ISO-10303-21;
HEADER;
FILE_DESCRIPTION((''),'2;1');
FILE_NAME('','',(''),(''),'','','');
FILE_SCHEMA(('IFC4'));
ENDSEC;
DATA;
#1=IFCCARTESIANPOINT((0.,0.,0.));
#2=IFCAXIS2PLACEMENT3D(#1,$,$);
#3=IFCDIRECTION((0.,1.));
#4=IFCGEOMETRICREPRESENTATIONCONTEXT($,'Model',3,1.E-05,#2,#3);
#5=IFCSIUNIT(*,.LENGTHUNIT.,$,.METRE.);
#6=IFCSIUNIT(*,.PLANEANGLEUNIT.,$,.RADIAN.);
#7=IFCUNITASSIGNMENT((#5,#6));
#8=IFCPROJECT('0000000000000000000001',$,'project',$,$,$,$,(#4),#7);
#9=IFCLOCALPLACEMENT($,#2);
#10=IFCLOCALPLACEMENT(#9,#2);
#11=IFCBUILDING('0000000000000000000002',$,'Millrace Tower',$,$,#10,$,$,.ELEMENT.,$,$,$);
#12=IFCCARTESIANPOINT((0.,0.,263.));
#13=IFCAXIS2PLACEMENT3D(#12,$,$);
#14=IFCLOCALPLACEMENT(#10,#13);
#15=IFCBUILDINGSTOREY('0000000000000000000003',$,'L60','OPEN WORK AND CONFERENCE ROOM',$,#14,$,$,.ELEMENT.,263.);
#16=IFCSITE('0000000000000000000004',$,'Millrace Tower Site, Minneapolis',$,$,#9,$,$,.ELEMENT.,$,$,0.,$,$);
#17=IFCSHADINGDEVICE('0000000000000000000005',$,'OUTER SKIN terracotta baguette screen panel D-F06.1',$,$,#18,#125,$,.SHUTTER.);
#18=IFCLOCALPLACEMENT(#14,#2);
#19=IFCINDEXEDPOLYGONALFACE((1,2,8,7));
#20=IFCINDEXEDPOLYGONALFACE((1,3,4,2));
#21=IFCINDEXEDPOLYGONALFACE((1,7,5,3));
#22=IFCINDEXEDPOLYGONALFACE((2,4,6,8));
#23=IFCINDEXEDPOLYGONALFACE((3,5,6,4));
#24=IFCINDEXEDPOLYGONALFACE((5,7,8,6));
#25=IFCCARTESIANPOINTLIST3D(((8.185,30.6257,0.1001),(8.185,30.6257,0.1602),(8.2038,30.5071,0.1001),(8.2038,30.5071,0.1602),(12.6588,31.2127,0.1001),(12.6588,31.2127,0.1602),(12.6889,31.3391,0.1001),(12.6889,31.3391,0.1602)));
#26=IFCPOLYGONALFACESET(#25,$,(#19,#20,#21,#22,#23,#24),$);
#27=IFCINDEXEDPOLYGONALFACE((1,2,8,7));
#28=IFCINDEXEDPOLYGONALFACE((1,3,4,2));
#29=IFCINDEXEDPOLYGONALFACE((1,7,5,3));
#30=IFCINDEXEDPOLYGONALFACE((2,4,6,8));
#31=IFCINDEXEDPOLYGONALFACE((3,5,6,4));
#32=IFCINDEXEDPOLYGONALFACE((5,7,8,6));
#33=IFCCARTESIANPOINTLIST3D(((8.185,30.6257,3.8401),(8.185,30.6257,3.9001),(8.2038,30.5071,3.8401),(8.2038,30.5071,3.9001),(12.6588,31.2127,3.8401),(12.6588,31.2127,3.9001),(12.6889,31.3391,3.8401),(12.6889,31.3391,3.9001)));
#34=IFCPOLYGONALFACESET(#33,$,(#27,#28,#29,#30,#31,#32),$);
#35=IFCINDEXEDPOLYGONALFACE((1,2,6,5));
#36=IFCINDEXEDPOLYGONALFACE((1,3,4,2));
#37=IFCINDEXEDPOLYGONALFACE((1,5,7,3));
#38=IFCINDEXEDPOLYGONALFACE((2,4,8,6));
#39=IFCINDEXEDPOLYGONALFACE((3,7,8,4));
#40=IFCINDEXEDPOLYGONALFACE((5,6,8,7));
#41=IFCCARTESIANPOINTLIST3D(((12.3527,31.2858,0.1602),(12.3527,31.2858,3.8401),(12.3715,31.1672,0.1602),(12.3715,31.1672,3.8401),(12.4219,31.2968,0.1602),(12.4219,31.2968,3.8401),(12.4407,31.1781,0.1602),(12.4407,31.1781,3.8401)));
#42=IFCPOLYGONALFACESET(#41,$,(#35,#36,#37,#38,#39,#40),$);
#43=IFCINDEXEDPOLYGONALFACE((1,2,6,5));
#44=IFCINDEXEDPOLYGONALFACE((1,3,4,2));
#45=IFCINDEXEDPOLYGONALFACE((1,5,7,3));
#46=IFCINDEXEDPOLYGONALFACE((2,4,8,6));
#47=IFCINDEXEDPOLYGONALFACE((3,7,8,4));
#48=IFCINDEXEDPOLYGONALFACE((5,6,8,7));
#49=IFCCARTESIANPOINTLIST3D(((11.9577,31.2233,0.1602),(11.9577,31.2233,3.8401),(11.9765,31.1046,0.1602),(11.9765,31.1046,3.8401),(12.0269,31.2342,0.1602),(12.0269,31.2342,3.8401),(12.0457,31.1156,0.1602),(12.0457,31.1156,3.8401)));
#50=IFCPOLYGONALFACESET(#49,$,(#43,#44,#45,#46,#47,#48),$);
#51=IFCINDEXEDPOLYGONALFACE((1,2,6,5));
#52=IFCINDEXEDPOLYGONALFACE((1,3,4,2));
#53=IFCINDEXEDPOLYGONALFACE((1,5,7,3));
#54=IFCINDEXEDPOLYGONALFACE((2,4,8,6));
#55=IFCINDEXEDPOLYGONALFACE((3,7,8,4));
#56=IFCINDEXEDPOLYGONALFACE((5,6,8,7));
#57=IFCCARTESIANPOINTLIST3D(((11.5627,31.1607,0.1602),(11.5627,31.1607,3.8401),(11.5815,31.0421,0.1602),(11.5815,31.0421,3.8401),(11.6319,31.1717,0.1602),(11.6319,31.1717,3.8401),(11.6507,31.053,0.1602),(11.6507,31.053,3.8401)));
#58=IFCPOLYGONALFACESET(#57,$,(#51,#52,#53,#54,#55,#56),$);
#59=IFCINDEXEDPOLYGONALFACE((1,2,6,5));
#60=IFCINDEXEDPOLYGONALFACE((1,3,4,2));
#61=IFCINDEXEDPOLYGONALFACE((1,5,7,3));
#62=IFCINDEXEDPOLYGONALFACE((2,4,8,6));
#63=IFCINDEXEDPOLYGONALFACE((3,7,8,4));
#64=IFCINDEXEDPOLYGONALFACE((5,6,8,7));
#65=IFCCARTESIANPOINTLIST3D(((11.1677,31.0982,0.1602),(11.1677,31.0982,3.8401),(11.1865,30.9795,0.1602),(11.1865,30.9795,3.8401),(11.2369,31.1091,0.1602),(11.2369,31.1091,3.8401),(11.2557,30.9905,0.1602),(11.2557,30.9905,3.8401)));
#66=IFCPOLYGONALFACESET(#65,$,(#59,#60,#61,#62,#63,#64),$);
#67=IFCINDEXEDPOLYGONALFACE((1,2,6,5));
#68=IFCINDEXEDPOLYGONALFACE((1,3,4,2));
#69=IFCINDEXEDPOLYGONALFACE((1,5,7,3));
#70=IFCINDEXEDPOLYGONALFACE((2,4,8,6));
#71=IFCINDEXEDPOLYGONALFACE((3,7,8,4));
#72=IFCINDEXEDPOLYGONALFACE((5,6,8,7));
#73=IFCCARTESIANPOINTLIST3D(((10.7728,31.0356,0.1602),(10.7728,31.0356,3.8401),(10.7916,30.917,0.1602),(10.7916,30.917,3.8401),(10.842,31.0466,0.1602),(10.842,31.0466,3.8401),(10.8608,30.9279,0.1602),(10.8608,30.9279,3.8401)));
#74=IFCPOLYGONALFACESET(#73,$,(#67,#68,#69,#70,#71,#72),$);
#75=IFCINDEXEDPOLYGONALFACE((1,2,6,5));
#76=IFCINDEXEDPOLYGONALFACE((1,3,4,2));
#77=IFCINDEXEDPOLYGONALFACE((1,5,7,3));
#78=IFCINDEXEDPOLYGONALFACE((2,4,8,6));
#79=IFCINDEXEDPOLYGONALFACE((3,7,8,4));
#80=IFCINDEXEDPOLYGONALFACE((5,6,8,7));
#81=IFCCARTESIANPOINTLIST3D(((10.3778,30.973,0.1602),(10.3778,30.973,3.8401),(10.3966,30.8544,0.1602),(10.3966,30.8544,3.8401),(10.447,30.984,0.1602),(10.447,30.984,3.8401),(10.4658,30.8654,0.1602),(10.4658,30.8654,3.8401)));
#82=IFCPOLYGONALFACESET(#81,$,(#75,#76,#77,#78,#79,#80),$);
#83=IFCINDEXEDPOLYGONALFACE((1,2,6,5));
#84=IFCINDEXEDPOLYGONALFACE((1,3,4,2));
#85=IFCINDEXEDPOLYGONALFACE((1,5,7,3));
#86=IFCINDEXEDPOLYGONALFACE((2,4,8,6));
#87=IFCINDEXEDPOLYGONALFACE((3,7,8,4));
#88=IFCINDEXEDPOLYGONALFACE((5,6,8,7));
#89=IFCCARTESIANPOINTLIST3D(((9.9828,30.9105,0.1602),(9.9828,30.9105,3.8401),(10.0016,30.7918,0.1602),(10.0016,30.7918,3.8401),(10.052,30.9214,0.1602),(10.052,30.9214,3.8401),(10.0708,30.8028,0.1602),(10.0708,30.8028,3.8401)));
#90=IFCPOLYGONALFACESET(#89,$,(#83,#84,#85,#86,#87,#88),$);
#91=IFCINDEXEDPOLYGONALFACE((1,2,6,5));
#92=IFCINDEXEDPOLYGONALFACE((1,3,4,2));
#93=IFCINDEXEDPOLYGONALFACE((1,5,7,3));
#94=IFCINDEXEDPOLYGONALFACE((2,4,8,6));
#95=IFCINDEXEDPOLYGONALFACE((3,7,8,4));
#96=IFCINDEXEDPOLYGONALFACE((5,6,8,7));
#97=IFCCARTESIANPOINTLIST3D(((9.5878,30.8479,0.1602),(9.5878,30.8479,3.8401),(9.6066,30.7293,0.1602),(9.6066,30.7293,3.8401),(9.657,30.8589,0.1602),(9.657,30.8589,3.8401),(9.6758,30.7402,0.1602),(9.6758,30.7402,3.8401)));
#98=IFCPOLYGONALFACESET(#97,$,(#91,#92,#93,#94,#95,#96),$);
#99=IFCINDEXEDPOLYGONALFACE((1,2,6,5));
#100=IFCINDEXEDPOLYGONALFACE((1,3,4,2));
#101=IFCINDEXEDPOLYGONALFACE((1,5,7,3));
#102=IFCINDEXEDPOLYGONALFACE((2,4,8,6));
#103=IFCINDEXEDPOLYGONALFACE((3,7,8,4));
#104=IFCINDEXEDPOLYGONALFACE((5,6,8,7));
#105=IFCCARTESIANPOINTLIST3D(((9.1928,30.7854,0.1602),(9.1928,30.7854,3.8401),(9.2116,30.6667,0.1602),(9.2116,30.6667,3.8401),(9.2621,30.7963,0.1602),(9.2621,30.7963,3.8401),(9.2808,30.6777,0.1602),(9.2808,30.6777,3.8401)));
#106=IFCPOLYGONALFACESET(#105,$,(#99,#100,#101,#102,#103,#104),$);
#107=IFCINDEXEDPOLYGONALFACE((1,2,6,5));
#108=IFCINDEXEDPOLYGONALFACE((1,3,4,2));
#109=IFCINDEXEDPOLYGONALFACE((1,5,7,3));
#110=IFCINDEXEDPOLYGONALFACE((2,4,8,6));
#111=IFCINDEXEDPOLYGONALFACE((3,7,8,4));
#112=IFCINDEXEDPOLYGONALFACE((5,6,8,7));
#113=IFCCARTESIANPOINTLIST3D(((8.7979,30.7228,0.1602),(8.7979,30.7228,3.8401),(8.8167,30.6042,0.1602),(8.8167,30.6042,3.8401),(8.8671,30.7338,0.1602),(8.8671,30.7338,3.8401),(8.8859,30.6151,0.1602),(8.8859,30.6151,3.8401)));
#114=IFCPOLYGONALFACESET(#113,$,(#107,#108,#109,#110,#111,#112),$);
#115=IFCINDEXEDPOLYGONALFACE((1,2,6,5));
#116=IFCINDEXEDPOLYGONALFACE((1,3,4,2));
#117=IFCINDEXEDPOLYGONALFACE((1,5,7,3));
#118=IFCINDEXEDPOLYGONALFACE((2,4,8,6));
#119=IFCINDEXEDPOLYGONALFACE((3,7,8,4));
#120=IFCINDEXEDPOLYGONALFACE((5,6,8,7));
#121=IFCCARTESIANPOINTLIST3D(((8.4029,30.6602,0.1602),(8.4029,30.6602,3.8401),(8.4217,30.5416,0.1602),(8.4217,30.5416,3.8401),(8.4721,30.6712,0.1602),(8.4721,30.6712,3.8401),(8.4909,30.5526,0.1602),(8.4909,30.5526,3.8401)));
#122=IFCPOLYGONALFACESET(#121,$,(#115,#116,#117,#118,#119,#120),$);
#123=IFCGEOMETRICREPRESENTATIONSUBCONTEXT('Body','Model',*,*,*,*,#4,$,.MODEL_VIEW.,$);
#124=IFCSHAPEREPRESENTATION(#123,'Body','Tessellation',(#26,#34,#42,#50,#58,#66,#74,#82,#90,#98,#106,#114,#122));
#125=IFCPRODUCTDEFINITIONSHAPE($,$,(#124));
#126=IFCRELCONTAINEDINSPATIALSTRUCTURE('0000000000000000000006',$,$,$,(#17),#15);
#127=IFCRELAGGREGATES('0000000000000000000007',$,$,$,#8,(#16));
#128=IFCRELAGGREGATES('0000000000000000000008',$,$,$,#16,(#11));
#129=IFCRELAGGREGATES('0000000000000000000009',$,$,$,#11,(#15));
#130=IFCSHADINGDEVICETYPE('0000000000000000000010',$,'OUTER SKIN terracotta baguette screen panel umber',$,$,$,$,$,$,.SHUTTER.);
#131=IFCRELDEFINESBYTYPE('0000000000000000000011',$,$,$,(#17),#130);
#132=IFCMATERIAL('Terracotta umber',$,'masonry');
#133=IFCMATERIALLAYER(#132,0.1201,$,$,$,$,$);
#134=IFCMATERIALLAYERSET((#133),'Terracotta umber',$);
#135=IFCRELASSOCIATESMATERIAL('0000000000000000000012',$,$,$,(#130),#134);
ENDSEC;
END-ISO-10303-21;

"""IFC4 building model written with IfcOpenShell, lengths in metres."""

from ifc_helpers import new_model, entity, si_unit, direction, frame, frame_2d, origin, place, context, subcontext, project, spatial, rectangle, extrude, source, transform, mapped, material, layer, layer_set, type_object, element, save


model = new_model("IFC4")

# Units and contexts
model_context = context("Model", 3, precision=1e-05, world=origin(), true_north=direction((0.0, 1.0)))
body_context = subcontext(model_context, "Body", "Model", "MODEL_VIEW")
ifc_project = project(units=[si_unit("LENGTHUNIT", "METRE"), si_unit("PLANEANGLEUNIT", "RADIAN")], contexts=[model_context])

# Site, building, storey
site_placement = place(None, origin())
site = spatial("IfcSite", under=ifc_project, at=site_placement, Name="Millrace Tower Site, Minneapolis", CompositionType="ELEMENT", RefElevation=0.0)
building_placement = place(site_placement, origin())
building = spatial("IfcBuilding", under=site, at=building_placement, Name="Millrace Tower", CompositionType="ELEMENT")
storey_placement = place(building_placement, frame((0.0, 0.0, 263.0)))
storey = spatial("IfcBuildingStorey", under=building, at=storey_placement, Name="L60", Description="OPEN WORK AND CONFERENCE ROOM", CompositionType="ELEMENT", Elevation=263.0)

# Shading device
ifc_material_1 = material(Name="Terracotta umber", Category="masonry")
ifc_layer_1 = layer(ifc_material_1, 0.1201)
ifc_layer_set_1 = layer_set([ifc_layer_1], Name="Terracotta umber")
shading_device_type = type_object("IfcShadingDeviceType", Name="OUTER SKIN terracotta baguette screen panel umber", PredefinedType="SHUTTER", material=ifc_layer_set_1)
cartesian_point_1 = entity("IfcCartesianPoint", [-2.2429, 0.0601])
shared_polyline_1 = entity("IfcPolyline", [cartesian_point_1, entity("IfcCartesianPoint", [2.2676, 0.0601]), entity("IfcCartesianPoint", [2.2676, -0.0601]), entity("IfcCartesianPoint", [-2.2925, -0.0601]), cartesian_point_1])
shared_shape_1 = source(origin(), body_context, "Body", "SweptSolid", [
    entity("IfcExtrudedAreaSolid", entity("IfcArbitraryClosedProfileDef", "AREA", None, shared_polyline_1), entity("IfcAxis2Placement3D", entity("IfcCartesianPoint", [0.0, 0.0, 0.0])), entity("IfcDirection", [0.0, 0.0, 1.0]), 0.0601),
    entity("IfcExtrudedAreaSolid", entity("IfcArbitraryClosedProfileDef", "AREA", None, shared_polyline_1), entity("IfcAxis2Placement3D", entity("IfcCartesianPoint", [0.0, 0.0, 3.74])), entity("IfcDirection", [0.0, 0.0, 1.0]), 0.0601),
    extrude(rectangle(XDim=0.0701, YDim=0.1201, at=frame_2d((-1.9871, 0.0))), frame((0.0, 0.0, 0.0601)), (0.0, 0.0, 1.0), 3.6799),
    extrude(rectangle(XDim=0.0701, YDim=0.1201, at=frame_2d((-1.5872, 0.0))), frame((0.0, 0.0, 0.0601)), (0.0, 0.0, 1.0), 3.6799),
    extrude(rectangle(XDim=0.0701, YDim=0.1201, at=frame_2d((-1.1873, 0.0))), frame((0.0, 0.0, 0.0601)), (0.0, 0.0, 1.0), 3.6799),
    extrude(rectangle(XDim=0.0701, YDim=0.1201, at=frame_2d((-0.7874, 0.0))), frame((0.0, 0.0, 0.0601)), (0.0, 0.0, 1.0), 3.6799),
    extrude(rectangle(XDim=0.0701, YDim=0.1201, at=frame_2d((-0.3875, 0.0))), frame((0.0, 0.0, 0.0601)), (0.0, 0.0, 1.0), 3.6799),
    extrude(rectangle(XDim=0.0701, YDim=0.1201, at=frame_2d((0.0125, 0.0))), frame((0.0, 0.0, 0.0601)), (0.0, 0.0, 1.0), 3.6799),
    extrude(rectangle(XDim=0.0701, YDim=0.1201, at=frame_2d((0.4124, 0.0))), frame((0.0, 0.0, 0.0601)), (0.0, 0.0, 1.0), 3.6799),
    extrude(rectangle(XDim=0.0701, YDim=0.1201, at=frame_2d((0.8123, 0.0))), frame((0.0, 0.0, 0.0601)), (0.0, 0.0, 1.0), 3.6799),
    extrude(rectangle(XDim=0.0701, YDim=0.1201, at=frame_2d((1.2122, 0.0))), frame((0.0, 0.0, 0.0601)), (0.0, 0.0, 1.0), 3.6799),
    extrude(rectangle(XDim=0.0701, YDim=0.1201, at=frame_2d((1.6121, 0.0))), frame((0.0, 0.0, 0.0601)), (0.0, 0.0, 1.0), 3.6799),
    extrude(rectangle(XDim=0.0701, YDim=0.1201, at=frame_2d((2.012, 0.0))), frame((0.0, 0.0, 0.0601)), (0.0, 0.0, 1.0), 3.6799),
])
shading_device_1_placement = place(storey_placement, frame((10.4341, 30.9211, 0.1001), z_axis=(0.0, 0.0, 1.0), x_axis=(-0.987688, -0.156434, 0.0)))
element("IfcShadingDevice", 1, at=shading_device_1_placement, inside=storey, type_object=shading_device_type, Name="OUTER SKIN terracotta baguette screen panel D-F06.1", PredefinedType="SHUTTER", context=body_context, shape_type="MappedRepresentation", body=[
    mapped(shared_shape_1, transform((0.0, 0.0, 0.0), scale=1.0)),
])

save(model, "model.ifc")
